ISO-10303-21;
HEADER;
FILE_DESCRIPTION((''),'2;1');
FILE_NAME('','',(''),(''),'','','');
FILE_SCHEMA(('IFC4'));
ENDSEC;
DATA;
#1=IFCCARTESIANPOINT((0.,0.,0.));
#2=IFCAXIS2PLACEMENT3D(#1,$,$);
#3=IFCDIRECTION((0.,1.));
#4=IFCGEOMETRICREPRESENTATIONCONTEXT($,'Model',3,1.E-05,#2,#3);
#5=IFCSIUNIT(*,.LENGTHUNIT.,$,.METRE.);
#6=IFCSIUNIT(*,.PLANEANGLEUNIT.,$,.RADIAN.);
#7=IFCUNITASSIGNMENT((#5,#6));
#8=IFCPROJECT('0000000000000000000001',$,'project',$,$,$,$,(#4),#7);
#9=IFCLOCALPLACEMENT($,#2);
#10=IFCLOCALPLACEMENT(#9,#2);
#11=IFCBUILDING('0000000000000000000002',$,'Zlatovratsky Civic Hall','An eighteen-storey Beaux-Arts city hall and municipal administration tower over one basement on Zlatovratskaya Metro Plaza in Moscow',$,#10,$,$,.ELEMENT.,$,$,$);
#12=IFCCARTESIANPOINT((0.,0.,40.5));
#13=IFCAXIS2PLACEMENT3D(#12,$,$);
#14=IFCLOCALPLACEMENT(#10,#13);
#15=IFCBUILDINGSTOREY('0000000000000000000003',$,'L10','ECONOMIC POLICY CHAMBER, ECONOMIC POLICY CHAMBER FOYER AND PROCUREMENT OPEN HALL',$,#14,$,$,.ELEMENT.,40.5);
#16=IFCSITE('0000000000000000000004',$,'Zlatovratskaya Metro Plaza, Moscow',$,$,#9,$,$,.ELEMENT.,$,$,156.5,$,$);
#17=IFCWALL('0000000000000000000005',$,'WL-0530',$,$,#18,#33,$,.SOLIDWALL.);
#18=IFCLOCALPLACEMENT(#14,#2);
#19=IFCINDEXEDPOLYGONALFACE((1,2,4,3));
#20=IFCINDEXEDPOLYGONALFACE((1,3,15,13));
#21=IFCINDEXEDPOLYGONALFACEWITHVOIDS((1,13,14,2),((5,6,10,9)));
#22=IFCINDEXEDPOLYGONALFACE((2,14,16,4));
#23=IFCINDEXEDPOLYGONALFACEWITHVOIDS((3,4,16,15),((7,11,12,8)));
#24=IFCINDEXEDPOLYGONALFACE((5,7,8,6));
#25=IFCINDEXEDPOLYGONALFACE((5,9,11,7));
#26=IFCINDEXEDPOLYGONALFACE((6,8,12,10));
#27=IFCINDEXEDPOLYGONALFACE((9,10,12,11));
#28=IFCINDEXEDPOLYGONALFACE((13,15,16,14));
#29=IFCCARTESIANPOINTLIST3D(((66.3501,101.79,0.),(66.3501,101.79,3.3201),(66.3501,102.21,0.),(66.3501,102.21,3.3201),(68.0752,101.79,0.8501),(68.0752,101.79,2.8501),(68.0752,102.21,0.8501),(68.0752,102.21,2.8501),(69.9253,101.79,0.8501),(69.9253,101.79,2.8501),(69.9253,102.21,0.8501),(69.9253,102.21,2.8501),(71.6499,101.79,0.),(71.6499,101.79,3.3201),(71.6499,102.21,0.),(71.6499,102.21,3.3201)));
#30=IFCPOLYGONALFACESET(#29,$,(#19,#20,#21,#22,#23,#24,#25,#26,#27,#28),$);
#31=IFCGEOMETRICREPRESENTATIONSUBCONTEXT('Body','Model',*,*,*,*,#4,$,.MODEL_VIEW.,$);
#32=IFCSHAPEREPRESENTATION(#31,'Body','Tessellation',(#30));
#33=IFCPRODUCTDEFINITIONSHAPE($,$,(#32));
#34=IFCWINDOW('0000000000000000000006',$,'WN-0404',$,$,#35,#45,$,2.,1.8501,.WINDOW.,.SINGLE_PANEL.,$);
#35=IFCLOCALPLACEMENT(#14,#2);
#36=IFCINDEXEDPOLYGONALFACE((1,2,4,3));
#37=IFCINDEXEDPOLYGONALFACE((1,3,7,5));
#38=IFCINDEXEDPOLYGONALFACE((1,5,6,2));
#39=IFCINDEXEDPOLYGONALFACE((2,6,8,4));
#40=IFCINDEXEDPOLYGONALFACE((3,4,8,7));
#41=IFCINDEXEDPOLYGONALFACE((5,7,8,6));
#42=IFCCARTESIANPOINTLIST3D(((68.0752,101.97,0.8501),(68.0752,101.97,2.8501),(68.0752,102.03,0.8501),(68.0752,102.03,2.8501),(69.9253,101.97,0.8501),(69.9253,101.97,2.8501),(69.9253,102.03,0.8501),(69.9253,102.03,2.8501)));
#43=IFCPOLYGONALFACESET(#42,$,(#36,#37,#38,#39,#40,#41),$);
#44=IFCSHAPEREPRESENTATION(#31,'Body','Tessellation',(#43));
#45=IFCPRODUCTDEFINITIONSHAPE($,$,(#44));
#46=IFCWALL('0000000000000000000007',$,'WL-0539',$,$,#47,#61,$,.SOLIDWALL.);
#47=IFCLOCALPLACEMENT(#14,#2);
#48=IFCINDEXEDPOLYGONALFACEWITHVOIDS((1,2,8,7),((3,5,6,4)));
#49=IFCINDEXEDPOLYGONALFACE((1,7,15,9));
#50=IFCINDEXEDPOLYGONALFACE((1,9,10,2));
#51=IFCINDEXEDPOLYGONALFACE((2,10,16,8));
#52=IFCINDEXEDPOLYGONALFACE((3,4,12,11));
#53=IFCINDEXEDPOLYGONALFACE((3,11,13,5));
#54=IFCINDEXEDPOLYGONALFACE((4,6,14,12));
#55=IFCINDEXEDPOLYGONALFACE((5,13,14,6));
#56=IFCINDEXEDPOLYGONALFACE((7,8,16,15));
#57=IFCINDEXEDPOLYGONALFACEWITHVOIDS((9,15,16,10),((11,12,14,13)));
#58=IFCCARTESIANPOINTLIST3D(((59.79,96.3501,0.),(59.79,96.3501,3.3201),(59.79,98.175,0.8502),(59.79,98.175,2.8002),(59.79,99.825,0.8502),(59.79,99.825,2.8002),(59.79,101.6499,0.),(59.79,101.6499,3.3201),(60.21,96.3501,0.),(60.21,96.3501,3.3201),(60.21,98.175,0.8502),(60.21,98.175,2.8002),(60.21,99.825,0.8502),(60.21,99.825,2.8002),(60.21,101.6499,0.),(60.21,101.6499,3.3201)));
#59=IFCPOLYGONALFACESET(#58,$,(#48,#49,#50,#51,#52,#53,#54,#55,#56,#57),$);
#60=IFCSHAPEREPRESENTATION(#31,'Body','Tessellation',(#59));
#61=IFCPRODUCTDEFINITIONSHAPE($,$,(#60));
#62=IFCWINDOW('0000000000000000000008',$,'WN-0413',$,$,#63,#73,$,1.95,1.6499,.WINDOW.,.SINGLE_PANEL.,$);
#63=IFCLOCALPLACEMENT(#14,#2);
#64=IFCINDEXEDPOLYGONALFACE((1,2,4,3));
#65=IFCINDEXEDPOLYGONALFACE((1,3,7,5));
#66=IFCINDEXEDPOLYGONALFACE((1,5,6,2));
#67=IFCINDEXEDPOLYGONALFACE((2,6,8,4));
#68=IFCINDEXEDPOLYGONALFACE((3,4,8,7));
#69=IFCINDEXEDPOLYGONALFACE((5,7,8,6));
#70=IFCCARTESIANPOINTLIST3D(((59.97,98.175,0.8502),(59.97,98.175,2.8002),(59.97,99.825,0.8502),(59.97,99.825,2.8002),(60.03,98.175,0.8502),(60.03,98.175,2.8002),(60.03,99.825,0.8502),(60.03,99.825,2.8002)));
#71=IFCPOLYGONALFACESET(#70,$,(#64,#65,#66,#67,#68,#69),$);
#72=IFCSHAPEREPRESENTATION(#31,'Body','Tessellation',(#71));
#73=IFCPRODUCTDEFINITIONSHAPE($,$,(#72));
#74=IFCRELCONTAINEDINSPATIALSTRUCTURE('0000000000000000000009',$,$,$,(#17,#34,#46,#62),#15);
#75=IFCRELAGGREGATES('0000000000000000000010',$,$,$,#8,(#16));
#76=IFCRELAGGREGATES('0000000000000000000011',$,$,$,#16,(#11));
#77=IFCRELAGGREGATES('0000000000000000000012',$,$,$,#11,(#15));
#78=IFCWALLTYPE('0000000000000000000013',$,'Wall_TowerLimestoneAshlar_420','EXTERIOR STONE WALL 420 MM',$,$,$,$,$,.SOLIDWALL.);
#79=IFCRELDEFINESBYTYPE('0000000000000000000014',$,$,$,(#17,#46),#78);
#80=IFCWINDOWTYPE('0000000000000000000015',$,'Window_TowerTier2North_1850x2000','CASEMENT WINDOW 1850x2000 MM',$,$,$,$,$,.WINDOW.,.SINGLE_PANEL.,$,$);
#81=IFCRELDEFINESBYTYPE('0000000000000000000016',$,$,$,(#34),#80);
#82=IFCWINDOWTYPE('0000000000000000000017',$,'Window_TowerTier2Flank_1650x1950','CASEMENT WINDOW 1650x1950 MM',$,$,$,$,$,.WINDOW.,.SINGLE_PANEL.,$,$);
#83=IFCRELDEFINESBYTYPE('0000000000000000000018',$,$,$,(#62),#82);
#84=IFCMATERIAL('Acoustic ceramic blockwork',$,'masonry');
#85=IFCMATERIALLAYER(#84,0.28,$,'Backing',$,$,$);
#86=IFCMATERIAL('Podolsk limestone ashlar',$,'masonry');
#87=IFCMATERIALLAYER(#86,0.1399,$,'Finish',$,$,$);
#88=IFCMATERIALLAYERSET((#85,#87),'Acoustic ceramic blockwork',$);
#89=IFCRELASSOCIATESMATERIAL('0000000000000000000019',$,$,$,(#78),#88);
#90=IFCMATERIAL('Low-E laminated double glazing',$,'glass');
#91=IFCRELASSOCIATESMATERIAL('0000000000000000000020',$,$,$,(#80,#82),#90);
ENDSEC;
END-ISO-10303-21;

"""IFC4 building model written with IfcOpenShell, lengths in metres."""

from ifc_helpers import new_model, si_unit, direction, frame, frame_2d, origin, place, context, subcontext, project, spatial, rectangle, extrude, material, layer, layer_set, type_object, element, fill, save


model = new_model("IFC4")

# Units and contexts
model_context = context("Model", 3, precision=1e-05, world=origin(), true_north=direction((0.0, 1.0)))
body_context = subcontext(model_context, "Body", "Model", "MODEL_VIEW")
ifc_project = project(units=[si_unit("LENGTHUNIT", "METRE"), si_unit("PLANEANGLEUNIT", "RADIAN")], contexts=[model_context])

# Site, building, storey
site_placement = place(None, origin())
site = spatial("IfcSite", under=ifc_project, at=site_placement, Name="Zlatovratskaya Metro Plaza, Moscow", CompositionType="ELEMENT", RefElevation=156.5)
building_placement = place(site_placement, origin())
building = spatial("IfcBuilding", under=site, at=building_placement, Name="Zlatovratsky Civic Hall", Description="An eighteen-storey Beaux-Arts city hall and municipal administration tower over one basement on Zlatovratskaya Metro Plaza in Moscow", CompositionType="ELEMENT")
storey_placement = place(building_placement, frame((0.0, 0.0, 40.5)))
storey = spatial("IfcBuildingStorey", under=building, at=storey_placement, Name="L10", Description="ECONOMIC POLICY CHAMBER, ECONOMIC POLICY CHAMBER FOYER AND PROCUREMENT OPEN HALL", CompositionType="ELEMENT", Elevation=40.5)

# Shared definitions
ifc_material_1 = material(Name="Acoustic ceramic blockwork", Category="masonry")

# Walls, openings, windows
ifc_layer_1 = layer(ifc_material_1, 0.28, Name="Backing")
ifc_material_2 = material(Name="Podolsk limestone ashlar", Category="masonry")
ifc_layer_2 = layer(ifc_material_2, 0.1399, Name="Finish")
ifc_layer_set_1 = layer_set([ifc_layer_1, ifc_layer_2], Name="Acoustic ceramic blockwork")
wall_type_1 = type_object("IfcWallType", Name="Wall_TowerLimestoneAshlar_420", Description="EXTERIOR STONE WALL 420 MM", PredefinedType="SOLIDWALL", material=ifc_layer_set_1)
ifc_material_3 = material(Name="Low-E laminated double glazing", Category="glass")
window_type_1 = type_object("IfcWindowType", Name="Window_TowerTier2North_1850x2000", Description="CASEMENT WINDOW 1850x2000 MM", PartitioningType="SINGLE_PANEL", PredefinedType="WINDOW", material=ifc_material_3)
wall_1_placement = place(storey_placement, frame((66.3501, 102.0, 0.0), z_axis=(0.0, 0.0, 1.0), x_axis=(1.0, 0.0, 0.0)))
wall_1 = element("IfcWall", 1, at=wall_1_placement, inside=storey, type_object=wall_type_1, Name="WL-0530", PredefinedType="SOLIDWALL", context=body_context, shape_type="SweptSolid", body=[
    extrude(rectangle(XDim=5.2998, YDim=0.4199, at=frame_2d((2.6499, 0.0))), origin(), (0.0, 0.0, 1.0), 3.3201),
])
opening_1_placement = place(wall_1_placement, frame((1.7251, 0.0, 0.8501)))
opening_1 = element("IfcOpeningElement", 2, at=opening_1_placement, cuts=wall_1, PredefinedType="OPENING", context=body_context, shape_type="SweptSolid", body=[
    extrude(rectangle(XDim=1.8501, YDim=2.0, at=frame_2d((0.925, 1.0))), frame((0.0, 0.2249, 0.0), z_axis=(0.0, -1.0, 0.0), x_axis=(1.0, 0.0, 0.0)), (0.0, 0.0, 1.0), 0.4497),
])
window_1_placement = place(opening_1_placement, origin())
window_1 = element("IfcWindow", 3, at=window_1_placement, inside=storey, type_object=window_type_1, Name="WN-0404", OverallHeight=2.0, OverallWidth=1.8501, PartitioningType="SINGLE_PANEL", PredefinedType="WINDOW", context=body_context, shape_type="SweptSolid", body=[
    extrude(rectangle(XDim=1.8501, YDim=2.0, at=frame_2d((0.925, 1.0))), frame((0.0, 0.03, 0.0), z_axis=(0.0, -1.0, 0.0), x_axis=(1.0, 0.0, 0.0)), (0.0, 0.0, 1.0), 0.0601),
])
fill(opening_1, window_1)
wall_2_placement = place(storey_placement, frame((60.0, 96.3501, 0.0), z_axis=(0.0, 0.0, 1.0), x_axis=(0.0, 1.0, 0.0)))
wall_2 = element("IfcWall", 4, at=wall_2_placement, inside=storey, type_object=wall_type_1, Name="WL-0539", PredefinedType="SOLIDWALL", context=body_context, shape_type="SweptSolid", body=[
    extrude(rectangle(XDim=5.2998, YDim=0.4199, at=frame_2d((2.6499, 0.0))), origin(), (0.0, 0.0, 1.0), 3.3201),
])
opening_2_placement = place(wall_2_placement, frame((1.825, 0.0, 0.8501)))
opening_2 = element("IfcOpeningElement", 5, at=opening_2_placement, cuts=wall_2, PredefinedType="OPENING", context=body_context, shape_type="SweptSolid", body=[
    extrude(rectangle(XDim=1.6499, YDim=1.95, at=frame_2d((0.825, 0.9751))), frame((0.0, 0.2249, 0.0), z_axis=(0.0, -1.0, 0.0), x_axis=(1.0, 0.0, 0.0)), (0.0, 0.0, 1.0), 0.4497),
])
window_type_2 = type_object("IfcWindowType", Name="Window_TowerTier2Flank_1650x1950", Description="CASEMENT WINDOW 1650x1950 MM", PartitioningType="SINGLE_PANEL", PredefinedType="WINDOW", material=ifc_material_3)
window_2_placement = place(opening_2_placement, origin())
window_2 = element("IfcWindow", 6, at=window_2_placement, inside=storey, type_object=window_type_2, Name="WN-0413", OverallHeight=1.95, OverallWidth=1.6499, PartitioningType="SINGLE_PANEL", PredefinedType="WINDOW", context=body_context, shape_type="SweptSolid", body=[
    extrude(rectangle(XDim=1.6499, YDim=1.95, at=frame_2d((0.825, 0.9751))), frame((0.0, 0.03, 0.0), z_axis=(0.0, -1.0, 0.0), x_axis=(1.0, 0.0, 0.0)), (0.0, 0.0, 1.0), 0.0601),
])
fill(opening_2, window_2)

save(model, "model.ifc")
